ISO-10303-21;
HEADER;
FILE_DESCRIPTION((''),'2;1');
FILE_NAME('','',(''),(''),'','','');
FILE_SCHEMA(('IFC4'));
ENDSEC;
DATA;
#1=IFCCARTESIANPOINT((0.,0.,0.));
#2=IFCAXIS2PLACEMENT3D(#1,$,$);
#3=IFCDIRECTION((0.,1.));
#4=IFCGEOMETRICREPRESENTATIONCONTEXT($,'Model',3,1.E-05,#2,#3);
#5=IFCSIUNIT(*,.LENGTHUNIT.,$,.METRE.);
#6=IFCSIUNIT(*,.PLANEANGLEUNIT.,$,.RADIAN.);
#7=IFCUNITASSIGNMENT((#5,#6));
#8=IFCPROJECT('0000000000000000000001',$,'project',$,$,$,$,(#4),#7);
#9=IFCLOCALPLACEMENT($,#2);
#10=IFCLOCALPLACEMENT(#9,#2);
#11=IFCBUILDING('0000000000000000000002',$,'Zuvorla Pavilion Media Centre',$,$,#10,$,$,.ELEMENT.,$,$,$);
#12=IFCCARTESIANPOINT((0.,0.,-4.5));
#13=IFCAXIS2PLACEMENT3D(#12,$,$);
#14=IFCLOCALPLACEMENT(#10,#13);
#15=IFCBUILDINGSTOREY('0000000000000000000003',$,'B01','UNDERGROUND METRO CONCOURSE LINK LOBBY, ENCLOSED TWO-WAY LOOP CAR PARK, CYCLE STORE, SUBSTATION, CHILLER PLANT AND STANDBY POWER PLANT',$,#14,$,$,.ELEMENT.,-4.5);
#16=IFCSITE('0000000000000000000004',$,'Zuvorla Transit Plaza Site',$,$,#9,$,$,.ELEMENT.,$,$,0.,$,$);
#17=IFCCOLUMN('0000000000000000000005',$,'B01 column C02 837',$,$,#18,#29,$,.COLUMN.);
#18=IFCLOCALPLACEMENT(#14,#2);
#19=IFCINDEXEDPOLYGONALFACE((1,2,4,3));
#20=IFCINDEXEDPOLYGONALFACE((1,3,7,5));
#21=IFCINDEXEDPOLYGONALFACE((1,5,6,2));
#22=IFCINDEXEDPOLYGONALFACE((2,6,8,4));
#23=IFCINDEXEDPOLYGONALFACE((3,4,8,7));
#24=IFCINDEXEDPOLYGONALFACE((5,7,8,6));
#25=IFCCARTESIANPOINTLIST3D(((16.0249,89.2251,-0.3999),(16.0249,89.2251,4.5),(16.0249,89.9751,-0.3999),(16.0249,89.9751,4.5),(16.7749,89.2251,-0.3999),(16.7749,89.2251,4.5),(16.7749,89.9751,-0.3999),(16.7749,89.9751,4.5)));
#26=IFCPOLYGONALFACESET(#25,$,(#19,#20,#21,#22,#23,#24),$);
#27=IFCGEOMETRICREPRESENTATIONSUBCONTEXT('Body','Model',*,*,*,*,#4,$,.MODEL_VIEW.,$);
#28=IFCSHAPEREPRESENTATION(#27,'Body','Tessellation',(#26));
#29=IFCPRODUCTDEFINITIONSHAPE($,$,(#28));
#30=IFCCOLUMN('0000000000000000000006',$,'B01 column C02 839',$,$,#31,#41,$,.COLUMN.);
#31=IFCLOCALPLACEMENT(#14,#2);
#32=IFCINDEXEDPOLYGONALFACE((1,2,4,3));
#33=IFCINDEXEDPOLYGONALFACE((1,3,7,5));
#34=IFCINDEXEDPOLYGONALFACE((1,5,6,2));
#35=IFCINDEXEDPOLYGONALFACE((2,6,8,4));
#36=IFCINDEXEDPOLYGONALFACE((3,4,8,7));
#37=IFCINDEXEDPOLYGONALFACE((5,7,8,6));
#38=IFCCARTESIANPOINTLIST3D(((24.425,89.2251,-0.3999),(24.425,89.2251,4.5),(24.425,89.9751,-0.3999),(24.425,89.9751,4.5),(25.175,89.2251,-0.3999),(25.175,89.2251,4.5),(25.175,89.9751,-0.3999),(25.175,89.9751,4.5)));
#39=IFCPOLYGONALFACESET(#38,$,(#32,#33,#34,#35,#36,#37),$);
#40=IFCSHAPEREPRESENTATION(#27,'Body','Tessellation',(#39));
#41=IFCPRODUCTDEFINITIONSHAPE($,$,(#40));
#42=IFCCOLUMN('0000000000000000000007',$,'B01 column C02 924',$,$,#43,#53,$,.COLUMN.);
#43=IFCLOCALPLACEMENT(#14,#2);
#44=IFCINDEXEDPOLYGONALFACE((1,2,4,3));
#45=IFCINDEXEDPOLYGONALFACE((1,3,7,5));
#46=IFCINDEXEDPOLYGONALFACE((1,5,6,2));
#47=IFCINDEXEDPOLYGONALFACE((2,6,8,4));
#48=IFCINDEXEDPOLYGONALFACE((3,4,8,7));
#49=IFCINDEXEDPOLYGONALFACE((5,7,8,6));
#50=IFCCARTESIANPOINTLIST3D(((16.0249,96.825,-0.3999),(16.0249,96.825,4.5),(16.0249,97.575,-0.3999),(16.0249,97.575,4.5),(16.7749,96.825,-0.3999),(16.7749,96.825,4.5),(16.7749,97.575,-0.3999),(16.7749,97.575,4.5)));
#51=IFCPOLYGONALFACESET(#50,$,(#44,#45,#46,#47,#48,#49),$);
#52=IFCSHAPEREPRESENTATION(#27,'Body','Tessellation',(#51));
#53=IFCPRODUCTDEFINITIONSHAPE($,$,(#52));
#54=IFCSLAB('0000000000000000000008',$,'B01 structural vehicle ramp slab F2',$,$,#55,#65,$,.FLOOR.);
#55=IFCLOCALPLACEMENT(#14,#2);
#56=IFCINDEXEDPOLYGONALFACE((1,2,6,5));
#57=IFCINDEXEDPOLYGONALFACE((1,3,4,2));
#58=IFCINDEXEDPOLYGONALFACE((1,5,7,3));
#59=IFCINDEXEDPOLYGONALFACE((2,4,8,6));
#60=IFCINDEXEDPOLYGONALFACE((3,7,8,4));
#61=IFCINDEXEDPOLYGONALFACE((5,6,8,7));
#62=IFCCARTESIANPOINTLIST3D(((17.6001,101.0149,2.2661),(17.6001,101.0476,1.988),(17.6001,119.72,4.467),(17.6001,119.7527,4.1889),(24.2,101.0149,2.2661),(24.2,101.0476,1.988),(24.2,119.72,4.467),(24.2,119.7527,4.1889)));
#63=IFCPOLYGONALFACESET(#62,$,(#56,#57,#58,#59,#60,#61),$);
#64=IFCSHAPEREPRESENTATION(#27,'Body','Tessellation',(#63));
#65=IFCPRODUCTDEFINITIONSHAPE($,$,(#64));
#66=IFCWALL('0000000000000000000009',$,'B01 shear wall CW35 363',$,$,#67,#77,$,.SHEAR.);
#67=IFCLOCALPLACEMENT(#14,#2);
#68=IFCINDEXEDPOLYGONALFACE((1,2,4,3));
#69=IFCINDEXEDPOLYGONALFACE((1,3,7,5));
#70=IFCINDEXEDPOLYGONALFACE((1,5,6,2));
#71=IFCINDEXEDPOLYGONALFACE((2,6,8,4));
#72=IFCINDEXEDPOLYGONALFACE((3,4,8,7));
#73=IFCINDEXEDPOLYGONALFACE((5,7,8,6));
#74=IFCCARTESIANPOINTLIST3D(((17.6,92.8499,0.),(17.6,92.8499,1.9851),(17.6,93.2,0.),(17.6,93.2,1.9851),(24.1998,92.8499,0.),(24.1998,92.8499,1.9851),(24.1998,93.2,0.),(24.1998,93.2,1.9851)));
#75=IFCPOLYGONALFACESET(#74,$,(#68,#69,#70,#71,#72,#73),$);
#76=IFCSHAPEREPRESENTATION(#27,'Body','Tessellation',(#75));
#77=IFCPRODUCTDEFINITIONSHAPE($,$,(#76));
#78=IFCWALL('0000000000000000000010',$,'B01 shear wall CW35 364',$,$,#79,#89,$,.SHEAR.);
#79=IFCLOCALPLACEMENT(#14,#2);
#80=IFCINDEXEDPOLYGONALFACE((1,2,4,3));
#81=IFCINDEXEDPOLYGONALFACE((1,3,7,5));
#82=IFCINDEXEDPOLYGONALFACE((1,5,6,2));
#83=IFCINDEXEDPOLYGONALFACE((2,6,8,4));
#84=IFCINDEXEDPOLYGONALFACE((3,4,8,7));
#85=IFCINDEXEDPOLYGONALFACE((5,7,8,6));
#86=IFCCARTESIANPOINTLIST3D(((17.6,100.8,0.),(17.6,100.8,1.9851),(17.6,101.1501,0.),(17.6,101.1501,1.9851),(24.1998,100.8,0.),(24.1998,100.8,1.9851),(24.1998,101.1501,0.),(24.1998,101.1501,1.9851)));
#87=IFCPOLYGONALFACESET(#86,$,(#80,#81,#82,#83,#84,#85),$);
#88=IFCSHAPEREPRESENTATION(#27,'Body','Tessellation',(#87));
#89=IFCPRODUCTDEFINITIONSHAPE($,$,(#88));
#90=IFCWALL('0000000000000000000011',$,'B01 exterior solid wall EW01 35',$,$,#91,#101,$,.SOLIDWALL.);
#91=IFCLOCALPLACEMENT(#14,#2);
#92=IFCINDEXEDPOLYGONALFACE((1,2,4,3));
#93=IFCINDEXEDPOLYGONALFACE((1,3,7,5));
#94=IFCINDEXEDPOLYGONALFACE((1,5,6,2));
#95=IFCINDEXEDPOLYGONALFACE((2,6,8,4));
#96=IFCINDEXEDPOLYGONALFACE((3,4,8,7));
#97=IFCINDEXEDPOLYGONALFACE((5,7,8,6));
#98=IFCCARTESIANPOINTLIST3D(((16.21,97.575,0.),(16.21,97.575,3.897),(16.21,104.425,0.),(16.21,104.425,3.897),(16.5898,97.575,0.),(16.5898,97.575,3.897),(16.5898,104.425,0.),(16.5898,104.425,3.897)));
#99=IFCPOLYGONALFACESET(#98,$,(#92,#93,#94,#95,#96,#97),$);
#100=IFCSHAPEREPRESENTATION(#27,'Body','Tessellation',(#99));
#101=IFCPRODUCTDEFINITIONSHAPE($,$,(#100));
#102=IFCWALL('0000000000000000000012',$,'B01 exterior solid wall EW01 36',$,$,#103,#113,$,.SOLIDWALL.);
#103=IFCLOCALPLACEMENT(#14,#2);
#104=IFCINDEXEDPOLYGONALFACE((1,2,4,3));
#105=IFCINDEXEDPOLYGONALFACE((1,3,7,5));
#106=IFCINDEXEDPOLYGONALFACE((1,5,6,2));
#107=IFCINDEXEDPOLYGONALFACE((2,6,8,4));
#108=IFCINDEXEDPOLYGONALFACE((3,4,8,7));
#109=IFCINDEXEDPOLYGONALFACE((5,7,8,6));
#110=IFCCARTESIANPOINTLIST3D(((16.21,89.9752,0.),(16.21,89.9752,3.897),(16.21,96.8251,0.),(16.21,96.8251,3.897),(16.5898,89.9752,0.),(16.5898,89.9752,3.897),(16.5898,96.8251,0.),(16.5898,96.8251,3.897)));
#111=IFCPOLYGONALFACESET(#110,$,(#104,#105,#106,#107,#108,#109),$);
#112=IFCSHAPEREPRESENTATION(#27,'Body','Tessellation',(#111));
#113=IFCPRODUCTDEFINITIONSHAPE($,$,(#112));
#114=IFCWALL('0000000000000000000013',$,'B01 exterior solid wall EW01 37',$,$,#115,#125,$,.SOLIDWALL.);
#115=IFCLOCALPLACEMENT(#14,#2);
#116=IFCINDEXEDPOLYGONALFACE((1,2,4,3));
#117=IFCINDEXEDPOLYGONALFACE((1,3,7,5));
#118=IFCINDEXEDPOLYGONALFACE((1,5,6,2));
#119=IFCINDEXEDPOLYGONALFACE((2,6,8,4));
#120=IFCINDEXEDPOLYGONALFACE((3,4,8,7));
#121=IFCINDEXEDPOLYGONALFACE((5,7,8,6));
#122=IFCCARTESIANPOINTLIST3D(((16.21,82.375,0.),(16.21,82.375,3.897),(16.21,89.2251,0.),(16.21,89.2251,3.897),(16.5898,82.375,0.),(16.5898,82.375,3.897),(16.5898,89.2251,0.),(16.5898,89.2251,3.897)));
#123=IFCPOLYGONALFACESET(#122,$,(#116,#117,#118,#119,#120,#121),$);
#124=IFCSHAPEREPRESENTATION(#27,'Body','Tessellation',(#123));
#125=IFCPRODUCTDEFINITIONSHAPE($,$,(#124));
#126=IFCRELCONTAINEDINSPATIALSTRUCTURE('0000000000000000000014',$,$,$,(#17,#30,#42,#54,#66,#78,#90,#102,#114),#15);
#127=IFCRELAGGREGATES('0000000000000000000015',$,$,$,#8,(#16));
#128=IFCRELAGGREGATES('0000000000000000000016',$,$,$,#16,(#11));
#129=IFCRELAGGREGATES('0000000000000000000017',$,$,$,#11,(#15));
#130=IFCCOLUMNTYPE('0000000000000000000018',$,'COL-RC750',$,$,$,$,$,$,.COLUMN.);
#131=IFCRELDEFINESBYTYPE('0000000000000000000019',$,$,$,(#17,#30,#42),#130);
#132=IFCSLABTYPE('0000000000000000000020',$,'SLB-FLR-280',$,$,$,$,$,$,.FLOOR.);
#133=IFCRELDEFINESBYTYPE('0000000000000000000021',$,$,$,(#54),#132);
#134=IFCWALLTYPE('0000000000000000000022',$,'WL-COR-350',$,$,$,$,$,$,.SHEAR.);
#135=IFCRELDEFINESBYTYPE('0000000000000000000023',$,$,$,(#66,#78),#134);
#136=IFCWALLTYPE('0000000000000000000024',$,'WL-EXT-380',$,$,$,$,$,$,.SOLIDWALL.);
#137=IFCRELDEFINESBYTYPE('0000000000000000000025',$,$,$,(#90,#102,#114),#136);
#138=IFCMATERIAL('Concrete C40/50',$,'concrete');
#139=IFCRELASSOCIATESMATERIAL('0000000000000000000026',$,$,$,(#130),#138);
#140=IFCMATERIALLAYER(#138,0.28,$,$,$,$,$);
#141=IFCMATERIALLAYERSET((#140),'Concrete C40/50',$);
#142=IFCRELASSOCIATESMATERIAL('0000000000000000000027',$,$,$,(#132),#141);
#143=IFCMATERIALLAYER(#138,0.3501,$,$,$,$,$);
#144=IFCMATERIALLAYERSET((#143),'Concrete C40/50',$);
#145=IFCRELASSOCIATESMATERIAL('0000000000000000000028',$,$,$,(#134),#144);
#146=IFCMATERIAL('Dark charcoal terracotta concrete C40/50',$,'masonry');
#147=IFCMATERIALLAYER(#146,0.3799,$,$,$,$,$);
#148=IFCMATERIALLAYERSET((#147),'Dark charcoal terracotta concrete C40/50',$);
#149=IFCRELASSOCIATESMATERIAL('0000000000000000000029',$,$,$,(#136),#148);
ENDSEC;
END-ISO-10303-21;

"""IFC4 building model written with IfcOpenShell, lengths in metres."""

from ifc_helpers import new_model, si_unit, direction, frame, frame_2d, origin, origin_2d, place, context, subcontext, project, spatial, polyline, rectangle, outline, extrude, material, layer, layer_set, material_profile, profile_set, type_object, element, save


model = new_model("IFC4")

# Units and contexts
model_context = context("Model", 3, precision=1e-05, world=origin(), true_north=direction((0.0, 1.0)))
body_context = subcontext(model_context, "Body", "Model", "MODEL_VIEW")
ifc_project = project(units=[si_unit("LENGTHUNIT", "METRE"), si_unit("PLANEANGLEUNIT", "RADIAN")], contexts=[model_context])

# Site, building, storey
site_placement = place(None, origin())
site = spatial("IfcSite", under=ifc_project, at=site_placement, Name="Zuvorla Transit Plaza Site", CompositionType="ELEMENT", RefElevation=0.0)
building_placement = place(site_placement, origin())
building = spatial("IfcBuilding", under=site, at=building_placement, Name="Zuvorla Pavilion Media Centre", CompositionType="ELEMENT")
storey_placement = place(building_placement, frame((0.0, 0.0, -4.5)))
storey = spatial("IfcBuildingStorey", under=building, at=storey_placement, Name="B01", Description="UNDERGROUND METRO CONCOURSE LINK LOBBY, ENCLOSED TWO-WAY LOOP CAR PARK, CYCLE STORE, SUBSTATION, CHILLER PLANT AND STANDBY POWER PLANT", CompositionType="ELEMENT", Elevation=-4.5)

# Shared definitions
ifc_material_1 = material(Name="Concrete C40/50", Category="concrete")

# Columns
ifc_material_profile_1 = material_profile(ifc_material_1, rectangle(XDim=0.75, YDim=0.75, at=origin_2d()), Name="RC 750x750")
ifc_profile_set_1 = profile_set([ifc_material_profile_1], Name="Concrete C40/50")
column_type_1 = type_object("IfcColumnType", Name="COL-RC750", PredefinedType="COLUMN", material=ifc_profile_set_1)
for number, where, z_axis, x_axis, name in (
    (1, (16.3999, 89.6001, -0.3999), (0.0, 0.0, 1.0), (1.0, 0.0, 0.0), "B01 column C02 837"),
    (2, (24.8, 89.6001, -0.3999), (0.0, 0.0, 1.0), (1.0, 0.0, 0.0), "B01 column C02 839"),
    (3, (16.3999, 97.2, -0.3999), (0.0, 0.0, 1.0), (1.0, 0.0, 0.0), "B01 column C02 924"),
):
    element("IfcColumn", number, at=place(storey_placement, frame(where, z_axis=z_axis, x_axis=x_axis)), inside=storey, type_object=column_type_1, Name=name, PredefinedType="COLUMN", context=body_context, shape_type="SweptSolid", body=[
        extrude(rectangle(XDim=0.75, YDim=0.75, at=origin_2d()), origin(), (0.0, 0.0, 1.0), 4.8999),
    ])

# Slab
ifc_layer_1 = layer(ifc_material_1, 0.28)
ifc_layer_set_1 = layer_set([ifc_layer_1], Name="Concrete C40/50")
slab_type = type_object("IfcSlabType", Name="SLB-FLR-280", PredefinedType="FLOOR", material=ifc_layer_set_1)
slab_placement = place(storey_placement, frame((17.6001, 101.0149, 2.2661), z_axis=(0.0, -0.116859, 0.993149), x_axis=(1.0, 0.0, 0.0)))
element("IfcSlab", 4, at=slab_placement, inside=storey, type_object=slab_type, Name="B01 structural vehicle ramp slab F2", PredefinedType="FLOOR", context=body_context, shape_type="SweptSolid", body=[
    extrude(outline(polyline([(0.0, 0.0), (6.5999, 0.0), (6.5999, 18.8341), (0.0, 18.8341), (0.0, 0.0)])), origin(), (0.0, 0.0, -1.0), 0.28),
])

# Walls
ifc_layer_2 = layer(ifc_material_1, 0.3501)
ifc_layer_set_2 = layer_set([ifc_layer_2], Name="Concrete C40/50")
wall_type_1 = type_object("IfcWallType", Name="WL-COR-350", PredefinedType="SHEAR", material=ifc_layer_set_2)
for number, where, z_axis, x_axis, name in (
    (5, (17.6001, 93.0249, 0.0), (0.0, 0.0, 1.0), (1.0, 0.0, 0.0), "B01 shear wall CW35 363"),
    (6, (17.6001, 100.9751, 0.0), (0.0, 0.0, 1.0), (1.0, 0.0, 0.0), "B01 shear wall CW35 364"),
):
    element("IfcWall", number, at=place(storey_placement, frame(where, z_axis=z_axis, x_axis=x_axis)), inside=storey, type_object=wall_type_1, Name=name, PredefinedType="SHEAR", context=body_context, shape_type="SweptSolid", body=[
        extrude(rectangle(XDim=6.5999, YDim=0.3501, at=frame_2d((3.2998, 0.0))), origin(), (0.0, 0.0, 1.0), 1.9851),
    ])
ifc_material_2 = material(Name="Dark charcoal terracotta concrete C40/50", Category="masonry")
ifc_layer_3 = layer(ifc_material_2, 0.3799)
ifc_layer_set_3 = layer_set([ifc_layer_3], Name="Dark charcoal terracotta concrete C40/50")
wall_type_2 = type_object("IfcWallType", Name="WL-EXT-380", PredefinedType="SOLIDWALL", material=ifc_layer_set_3)
wall_1_placement = place(storey_placement, frame((16.3999, 104.425, 0.0), z_axis=(0.0, 0.0, 1.0), x_axis=(0.0, -1.0, 0.0)))
element("IfcWall", 7, at=wall_1_placement, inside=storey, type_object=wall_type_2, Name="B01 exterior solid wall EW01 35", PredefinedType="SOLIDWALL", context=body_context, shape_type="SweptSolid", body=[
    extrude(rectangle(XDim=6.8501, YDim=0.3799, at=frame_2d((3.425, 0.0))), origin(), (0.0, 0.0, 1.0), 3.897),
])
wall_2_placement = place(storey_placement, frame((16.3999, 96.825, 0.0), z_axis=(0.0, 0.0, 1.0), x_axis=(0.0, -1.0, 0.0)))
element("IfcWall", 8, at=wall_2_placement, inside=storey, type_object=wall_type_2, Name="B01 exterior solid wall EW01 36", PredefinedType="SOLIDWALL", context=body_context, shape_type="SweptSolid", body=[
    extrude(rectangle(XDim=6.8499, YDim=0.3799, at=frame_2d((3.4248, 0.0))), origin(), (0.0, 0.0, 1.0), 3.897),
])
wall_3_placement = place(storey_placement, frame((16.3999, 89.2251, 0.0), z_axis=(0.0, 0.0, 1.0), x_axis=(0.0, -1.0, 0.0)))
element("IfcWall", 9, at=wall_3_placement, inside=storey, type_object=wall_type_2, Name="B01 exterior solid wall EW01 37", PredefinedType="SOLIDWALL", context=body_context, shape_type="SweptSolid", body=[
    extrude(rectangle(XDim=6.8501, YDim=0.3799, at=frame_2d((3.425, 0.0))), origin(), (0.0, 0.0, 1.0), 3.897),
])

save(model, "model.ifc")
